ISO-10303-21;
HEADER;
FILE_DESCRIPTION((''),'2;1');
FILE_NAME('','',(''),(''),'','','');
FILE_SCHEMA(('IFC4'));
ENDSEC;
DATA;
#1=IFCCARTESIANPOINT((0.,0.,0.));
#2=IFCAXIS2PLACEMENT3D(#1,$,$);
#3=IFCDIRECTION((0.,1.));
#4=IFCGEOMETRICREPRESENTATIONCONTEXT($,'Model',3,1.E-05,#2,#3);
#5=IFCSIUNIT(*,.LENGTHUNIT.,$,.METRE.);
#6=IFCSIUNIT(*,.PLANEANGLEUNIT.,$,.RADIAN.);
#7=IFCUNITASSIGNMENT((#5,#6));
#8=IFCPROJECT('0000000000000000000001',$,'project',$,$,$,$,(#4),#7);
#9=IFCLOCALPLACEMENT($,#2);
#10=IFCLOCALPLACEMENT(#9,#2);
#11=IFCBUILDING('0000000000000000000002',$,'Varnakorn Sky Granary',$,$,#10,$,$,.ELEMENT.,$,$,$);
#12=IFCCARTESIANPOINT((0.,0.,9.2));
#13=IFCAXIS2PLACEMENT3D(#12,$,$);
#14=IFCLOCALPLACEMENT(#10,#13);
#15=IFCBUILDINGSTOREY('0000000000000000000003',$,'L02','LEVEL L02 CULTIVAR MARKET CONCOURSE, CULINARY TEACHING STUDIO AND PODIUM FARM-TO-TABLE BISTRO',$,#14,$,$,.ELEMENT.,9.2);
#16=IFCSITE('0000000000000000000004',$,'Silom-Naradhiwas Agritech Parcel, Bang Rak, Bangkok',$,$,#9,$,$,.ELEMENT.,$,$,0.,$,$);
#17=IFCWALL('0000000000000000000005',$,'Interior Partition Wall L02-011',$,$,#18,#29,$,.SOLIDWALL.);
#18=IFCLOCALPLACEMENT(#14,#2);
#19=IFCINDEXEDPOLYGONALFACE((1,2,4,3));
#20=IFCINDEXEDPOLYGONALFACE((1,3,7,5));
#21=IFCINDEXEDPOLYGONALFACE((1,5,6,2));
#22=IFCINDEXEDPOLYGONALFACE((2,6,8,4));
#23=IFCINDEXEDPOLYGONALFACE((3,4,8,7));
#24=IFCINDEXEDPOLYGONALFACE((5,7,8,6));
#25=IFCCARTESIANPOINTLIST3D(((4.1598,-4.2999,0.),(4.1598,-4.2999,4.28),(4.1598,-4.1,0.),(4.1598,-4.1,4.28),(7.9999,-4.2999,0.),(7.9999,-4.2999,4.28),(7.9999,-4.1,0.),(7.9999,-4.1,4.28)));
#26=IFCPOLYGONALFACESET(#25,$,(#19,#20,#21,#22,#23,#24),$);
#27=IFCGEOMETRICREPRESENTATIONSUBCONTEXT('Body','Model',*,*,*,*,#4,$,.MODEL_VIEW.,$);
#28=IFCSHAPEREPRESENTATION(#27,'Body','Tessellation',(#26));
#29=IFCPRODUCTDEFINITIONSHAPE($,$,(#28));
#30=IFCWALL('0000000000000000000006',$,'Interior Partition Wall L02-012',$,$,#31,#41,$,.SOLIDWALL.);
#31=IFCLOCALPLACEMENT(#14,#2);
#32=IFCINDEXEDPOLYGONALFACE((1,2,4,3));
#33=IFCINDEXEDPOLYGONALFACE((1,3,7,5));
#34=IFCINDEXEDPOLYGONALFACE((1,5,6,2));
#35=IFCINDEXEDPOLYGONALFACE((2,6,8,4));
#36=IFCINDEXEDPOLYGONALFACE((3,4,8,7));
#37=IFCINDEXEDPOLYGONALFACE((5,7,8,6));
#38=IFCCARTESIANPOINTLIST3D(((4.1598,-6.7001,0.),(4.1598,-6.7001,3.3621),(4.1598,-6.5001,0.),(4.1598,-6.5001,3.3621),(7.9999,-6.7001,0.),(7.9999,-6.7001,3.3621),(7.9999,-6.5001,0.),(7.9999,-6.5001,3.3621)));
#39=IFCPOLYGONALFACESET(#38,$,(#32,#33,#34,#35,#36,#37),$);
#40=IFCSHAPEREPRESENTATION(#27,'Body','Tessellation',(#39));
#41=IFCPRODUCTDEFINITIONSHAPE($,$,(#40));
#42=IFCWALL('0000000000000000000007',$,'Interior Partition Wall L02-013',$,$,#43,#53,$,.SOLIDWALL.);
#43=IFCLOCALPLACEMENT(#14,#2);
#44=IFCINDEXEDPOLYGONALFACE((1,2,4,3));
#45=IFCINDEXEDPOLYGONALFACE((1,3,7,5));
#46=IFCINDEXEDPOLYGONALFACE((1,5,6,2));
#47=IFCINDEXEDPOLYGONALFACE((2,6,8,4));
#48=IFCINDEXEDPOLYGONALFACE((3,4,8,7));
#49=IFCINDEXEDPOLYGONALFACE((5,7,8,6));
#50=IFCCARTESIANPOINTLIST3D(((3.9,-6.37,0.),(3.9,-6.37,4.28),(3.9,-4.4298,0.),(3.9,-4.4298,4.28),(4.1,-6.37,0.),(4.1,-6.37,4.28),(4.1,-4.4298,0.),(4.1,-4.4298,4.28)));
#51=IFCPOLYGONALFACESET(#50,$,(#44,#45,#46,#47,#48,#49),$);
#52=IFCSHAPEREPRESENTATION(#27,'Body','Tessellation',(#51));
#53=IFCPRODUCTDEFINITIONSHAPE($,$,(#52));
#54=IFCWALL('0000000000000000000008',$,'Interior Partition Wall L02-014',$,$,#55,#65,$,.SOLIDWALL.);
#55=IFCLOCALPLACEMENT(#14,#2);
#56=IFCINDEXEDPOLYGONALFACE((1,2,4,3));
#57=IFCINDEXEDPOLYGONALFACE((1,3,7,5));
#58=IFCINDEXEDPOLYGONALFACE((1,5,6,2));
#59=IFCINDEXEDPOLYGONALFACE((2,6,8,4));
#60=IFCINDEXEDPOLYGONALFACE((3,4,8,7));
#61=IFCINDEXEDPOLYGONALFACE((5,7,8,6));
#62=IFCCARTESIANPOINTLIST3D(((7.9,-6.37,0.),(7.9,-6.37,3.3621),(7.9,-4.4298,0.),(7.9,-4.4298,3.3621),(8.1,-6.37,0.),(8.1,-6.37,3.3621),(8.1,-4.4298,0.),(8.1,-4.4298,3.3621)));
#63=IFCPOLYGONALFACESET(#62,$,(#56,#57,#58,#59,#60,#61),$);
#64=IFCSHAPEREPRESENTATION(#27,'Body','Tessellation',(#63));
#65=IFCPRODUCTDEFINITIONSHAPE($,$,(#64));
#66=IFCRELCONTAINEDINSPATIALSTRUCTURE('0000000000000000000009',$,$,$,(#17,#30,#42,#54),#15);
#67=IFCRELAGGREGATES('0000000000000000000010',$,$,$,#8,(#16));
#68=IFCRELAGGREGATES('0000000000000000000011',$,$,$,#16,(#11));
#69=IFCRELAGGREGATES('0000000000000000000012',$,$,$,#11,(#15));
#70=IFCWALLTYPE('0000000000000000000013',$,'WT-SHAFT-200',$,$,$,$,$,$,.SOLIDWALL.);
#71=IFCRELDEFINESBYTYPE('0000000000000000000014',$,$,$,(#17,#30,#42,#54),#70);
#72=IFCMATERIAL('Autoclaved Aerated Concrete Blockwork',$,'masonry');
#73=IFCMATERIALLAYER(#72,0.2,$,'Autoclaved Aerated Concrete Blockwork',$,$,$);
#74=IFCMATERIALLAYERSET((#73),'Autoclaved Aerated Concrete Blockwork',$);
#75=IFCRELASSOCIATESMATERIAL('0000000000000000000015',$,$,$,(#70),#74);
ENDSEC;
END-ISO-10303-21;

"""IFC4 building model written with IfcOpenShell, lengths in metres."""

from ifc_helpers import new_model, si_unit, direction, frame, frame_2d, origin, place, context, subcontext, project, spatial, rectangle, extrude, material, layer, layer_set, type_object, element, save


model = new_model("IFC4")

# Units and contexts
model_context = context("Model", 3, precision=1e-05, world=origin(), true_north=direction((0.0, 1.0)))
body_context = subcontext(model_context, "Body", "Model", "MODEL_VIEW")
ifc_project = project(units=[si_unit("LENGTHUNIT", "METRE"), si_unit("PLANEANGLEUNIT", "RADIAN")], contexts=[model_context])

# Site, building, storey
site_placement = place(None, origin())
site = spatial("IfcSite", under=ifc_project, at=site_placement, Name="Silom-Naradhiwas Agritech Parcel, Bang Rak, Bangkok", CompositionType="ELEMENT", RefElevation=0.0)
building_placement = place(site_placement, origin())
building = spatial("IfcBuilding", under=site, at=building_placement, Name="Varnakorn Sky Granary", CompositionType="ELEMENT")
storey_placement = place(building_placement, frame((0.0, 0.0, 9.2)))
storey = spatial("IfcBuildingStorey", under=building, at=storey_placement, Name="L02", Description="LEVEL L02 CULTIVAR MARKET CONCOURSE, CULINARY TEACHING STUDIO AND PODIUM FARM-TO-TABLE BISTRO", CompositionType="ELEMENT", Elevation=9.2)

# Shared definitions
ifc_material_1 = material(Name="Autoclaved Aerated Concrete Blockwork", Category="masonry")

# Walls
ifc_layer_1 = layer(ifc_material_1, 0.2, Name="Autoclaved Aerated Concrete Blockwork")
ifc_layer_set_1 = layer_set([ifc_layer_1], Name="Autoclaved Aerated Concrete Blockwork")
wall_type_1 = type_object("IfcWallType", Name="WT-SHAFT-200", PredefinedType="SOLIDWALL", material=ifc_layer_set_1)
wall_1_placement = place(storey_placement, frame((4.1599, -4.2, 0.0), z_axis=(0.0, 0.0, 1.0), x_axis=(1.0, 0.0, 0.0)))
element("IfcWall", 1, at=wall_1_placement, inside=storey, type_object=wall_type_1, Name="Interior Partition Wall L02-011", PredefinedType="SOLIDWALL", context=body_context, shape_type="SweptSolid", body=[
    extrude(rectangle(XDim=3.8401, YDim=0.2, at=frame_2d((1.9199, 0.0))), origin(), (0.0, 0.0, 1.0), 4.28),
])
wall_2_placement = place(storey_placement, frame((4.1599, -6.6001, 0.0), z_axis=(0.0, 0.0, 1.0), x_axis=(1.0, 0.0, 0.0)))
element("IfcWall", 2, at=wall_2_placement, inside=storey, type_object=wall_type_1, Name="Interior Partition Wall L02-012", PredefinedType="SOLIDWALL", context=body_context, shape_type="SweptSolid", body=[
    extrude(rectangle(XDim=3.8401, YDim=0.2, at=frame_2d((1.9199, 0.0))), origin(), (0.0, 0.0, 1.0), 3.3621),
])
wall_3_placement = place(storey_placement, frame((4.0, -6.3701, 0.0), z_axis=(0.0, 0.0, 1.0), x_axis=(0.0, 1.0, 0.0)))
element("IfcWall", 3, at=wall_3_placement, inside=storey, type_object=wall_type_1, Name="Interior Partition Wall L02-013", PredefinedType="SOLIDWALL", context=body_context, shape_type="SweptSolid", body=[
    extrude(rectangle(XDim=1.9402, YDim=0.2, at=frame_2d((0.9702, 0.0))), origin(), (0.0, 0.0, 1.0), 4.28),
])
wall_4_placement = place(storey_placement, frame((8.0, -6.3701, 0.0), z_axis=(0.0, 0.0, 1.0), x_axis=(0.0, 1.0, 0.0)))
element("IfcWall", 4, at=wall_4_placement, inside=storey, type_object=wall_type_1, Name="Interior Partition Wall L02-014", PredefinedType="SOLIDWALL", context=body_context, shape_type="SweptSolid", body=[
    extrude(rectangle(XDim=1.9402, YDim=0.2, at=frame_2d((0.9702, 0.0))), origin(), (0.0, 0.0, 1.0), 3.3621),
])

save(model, "model.ifc")
